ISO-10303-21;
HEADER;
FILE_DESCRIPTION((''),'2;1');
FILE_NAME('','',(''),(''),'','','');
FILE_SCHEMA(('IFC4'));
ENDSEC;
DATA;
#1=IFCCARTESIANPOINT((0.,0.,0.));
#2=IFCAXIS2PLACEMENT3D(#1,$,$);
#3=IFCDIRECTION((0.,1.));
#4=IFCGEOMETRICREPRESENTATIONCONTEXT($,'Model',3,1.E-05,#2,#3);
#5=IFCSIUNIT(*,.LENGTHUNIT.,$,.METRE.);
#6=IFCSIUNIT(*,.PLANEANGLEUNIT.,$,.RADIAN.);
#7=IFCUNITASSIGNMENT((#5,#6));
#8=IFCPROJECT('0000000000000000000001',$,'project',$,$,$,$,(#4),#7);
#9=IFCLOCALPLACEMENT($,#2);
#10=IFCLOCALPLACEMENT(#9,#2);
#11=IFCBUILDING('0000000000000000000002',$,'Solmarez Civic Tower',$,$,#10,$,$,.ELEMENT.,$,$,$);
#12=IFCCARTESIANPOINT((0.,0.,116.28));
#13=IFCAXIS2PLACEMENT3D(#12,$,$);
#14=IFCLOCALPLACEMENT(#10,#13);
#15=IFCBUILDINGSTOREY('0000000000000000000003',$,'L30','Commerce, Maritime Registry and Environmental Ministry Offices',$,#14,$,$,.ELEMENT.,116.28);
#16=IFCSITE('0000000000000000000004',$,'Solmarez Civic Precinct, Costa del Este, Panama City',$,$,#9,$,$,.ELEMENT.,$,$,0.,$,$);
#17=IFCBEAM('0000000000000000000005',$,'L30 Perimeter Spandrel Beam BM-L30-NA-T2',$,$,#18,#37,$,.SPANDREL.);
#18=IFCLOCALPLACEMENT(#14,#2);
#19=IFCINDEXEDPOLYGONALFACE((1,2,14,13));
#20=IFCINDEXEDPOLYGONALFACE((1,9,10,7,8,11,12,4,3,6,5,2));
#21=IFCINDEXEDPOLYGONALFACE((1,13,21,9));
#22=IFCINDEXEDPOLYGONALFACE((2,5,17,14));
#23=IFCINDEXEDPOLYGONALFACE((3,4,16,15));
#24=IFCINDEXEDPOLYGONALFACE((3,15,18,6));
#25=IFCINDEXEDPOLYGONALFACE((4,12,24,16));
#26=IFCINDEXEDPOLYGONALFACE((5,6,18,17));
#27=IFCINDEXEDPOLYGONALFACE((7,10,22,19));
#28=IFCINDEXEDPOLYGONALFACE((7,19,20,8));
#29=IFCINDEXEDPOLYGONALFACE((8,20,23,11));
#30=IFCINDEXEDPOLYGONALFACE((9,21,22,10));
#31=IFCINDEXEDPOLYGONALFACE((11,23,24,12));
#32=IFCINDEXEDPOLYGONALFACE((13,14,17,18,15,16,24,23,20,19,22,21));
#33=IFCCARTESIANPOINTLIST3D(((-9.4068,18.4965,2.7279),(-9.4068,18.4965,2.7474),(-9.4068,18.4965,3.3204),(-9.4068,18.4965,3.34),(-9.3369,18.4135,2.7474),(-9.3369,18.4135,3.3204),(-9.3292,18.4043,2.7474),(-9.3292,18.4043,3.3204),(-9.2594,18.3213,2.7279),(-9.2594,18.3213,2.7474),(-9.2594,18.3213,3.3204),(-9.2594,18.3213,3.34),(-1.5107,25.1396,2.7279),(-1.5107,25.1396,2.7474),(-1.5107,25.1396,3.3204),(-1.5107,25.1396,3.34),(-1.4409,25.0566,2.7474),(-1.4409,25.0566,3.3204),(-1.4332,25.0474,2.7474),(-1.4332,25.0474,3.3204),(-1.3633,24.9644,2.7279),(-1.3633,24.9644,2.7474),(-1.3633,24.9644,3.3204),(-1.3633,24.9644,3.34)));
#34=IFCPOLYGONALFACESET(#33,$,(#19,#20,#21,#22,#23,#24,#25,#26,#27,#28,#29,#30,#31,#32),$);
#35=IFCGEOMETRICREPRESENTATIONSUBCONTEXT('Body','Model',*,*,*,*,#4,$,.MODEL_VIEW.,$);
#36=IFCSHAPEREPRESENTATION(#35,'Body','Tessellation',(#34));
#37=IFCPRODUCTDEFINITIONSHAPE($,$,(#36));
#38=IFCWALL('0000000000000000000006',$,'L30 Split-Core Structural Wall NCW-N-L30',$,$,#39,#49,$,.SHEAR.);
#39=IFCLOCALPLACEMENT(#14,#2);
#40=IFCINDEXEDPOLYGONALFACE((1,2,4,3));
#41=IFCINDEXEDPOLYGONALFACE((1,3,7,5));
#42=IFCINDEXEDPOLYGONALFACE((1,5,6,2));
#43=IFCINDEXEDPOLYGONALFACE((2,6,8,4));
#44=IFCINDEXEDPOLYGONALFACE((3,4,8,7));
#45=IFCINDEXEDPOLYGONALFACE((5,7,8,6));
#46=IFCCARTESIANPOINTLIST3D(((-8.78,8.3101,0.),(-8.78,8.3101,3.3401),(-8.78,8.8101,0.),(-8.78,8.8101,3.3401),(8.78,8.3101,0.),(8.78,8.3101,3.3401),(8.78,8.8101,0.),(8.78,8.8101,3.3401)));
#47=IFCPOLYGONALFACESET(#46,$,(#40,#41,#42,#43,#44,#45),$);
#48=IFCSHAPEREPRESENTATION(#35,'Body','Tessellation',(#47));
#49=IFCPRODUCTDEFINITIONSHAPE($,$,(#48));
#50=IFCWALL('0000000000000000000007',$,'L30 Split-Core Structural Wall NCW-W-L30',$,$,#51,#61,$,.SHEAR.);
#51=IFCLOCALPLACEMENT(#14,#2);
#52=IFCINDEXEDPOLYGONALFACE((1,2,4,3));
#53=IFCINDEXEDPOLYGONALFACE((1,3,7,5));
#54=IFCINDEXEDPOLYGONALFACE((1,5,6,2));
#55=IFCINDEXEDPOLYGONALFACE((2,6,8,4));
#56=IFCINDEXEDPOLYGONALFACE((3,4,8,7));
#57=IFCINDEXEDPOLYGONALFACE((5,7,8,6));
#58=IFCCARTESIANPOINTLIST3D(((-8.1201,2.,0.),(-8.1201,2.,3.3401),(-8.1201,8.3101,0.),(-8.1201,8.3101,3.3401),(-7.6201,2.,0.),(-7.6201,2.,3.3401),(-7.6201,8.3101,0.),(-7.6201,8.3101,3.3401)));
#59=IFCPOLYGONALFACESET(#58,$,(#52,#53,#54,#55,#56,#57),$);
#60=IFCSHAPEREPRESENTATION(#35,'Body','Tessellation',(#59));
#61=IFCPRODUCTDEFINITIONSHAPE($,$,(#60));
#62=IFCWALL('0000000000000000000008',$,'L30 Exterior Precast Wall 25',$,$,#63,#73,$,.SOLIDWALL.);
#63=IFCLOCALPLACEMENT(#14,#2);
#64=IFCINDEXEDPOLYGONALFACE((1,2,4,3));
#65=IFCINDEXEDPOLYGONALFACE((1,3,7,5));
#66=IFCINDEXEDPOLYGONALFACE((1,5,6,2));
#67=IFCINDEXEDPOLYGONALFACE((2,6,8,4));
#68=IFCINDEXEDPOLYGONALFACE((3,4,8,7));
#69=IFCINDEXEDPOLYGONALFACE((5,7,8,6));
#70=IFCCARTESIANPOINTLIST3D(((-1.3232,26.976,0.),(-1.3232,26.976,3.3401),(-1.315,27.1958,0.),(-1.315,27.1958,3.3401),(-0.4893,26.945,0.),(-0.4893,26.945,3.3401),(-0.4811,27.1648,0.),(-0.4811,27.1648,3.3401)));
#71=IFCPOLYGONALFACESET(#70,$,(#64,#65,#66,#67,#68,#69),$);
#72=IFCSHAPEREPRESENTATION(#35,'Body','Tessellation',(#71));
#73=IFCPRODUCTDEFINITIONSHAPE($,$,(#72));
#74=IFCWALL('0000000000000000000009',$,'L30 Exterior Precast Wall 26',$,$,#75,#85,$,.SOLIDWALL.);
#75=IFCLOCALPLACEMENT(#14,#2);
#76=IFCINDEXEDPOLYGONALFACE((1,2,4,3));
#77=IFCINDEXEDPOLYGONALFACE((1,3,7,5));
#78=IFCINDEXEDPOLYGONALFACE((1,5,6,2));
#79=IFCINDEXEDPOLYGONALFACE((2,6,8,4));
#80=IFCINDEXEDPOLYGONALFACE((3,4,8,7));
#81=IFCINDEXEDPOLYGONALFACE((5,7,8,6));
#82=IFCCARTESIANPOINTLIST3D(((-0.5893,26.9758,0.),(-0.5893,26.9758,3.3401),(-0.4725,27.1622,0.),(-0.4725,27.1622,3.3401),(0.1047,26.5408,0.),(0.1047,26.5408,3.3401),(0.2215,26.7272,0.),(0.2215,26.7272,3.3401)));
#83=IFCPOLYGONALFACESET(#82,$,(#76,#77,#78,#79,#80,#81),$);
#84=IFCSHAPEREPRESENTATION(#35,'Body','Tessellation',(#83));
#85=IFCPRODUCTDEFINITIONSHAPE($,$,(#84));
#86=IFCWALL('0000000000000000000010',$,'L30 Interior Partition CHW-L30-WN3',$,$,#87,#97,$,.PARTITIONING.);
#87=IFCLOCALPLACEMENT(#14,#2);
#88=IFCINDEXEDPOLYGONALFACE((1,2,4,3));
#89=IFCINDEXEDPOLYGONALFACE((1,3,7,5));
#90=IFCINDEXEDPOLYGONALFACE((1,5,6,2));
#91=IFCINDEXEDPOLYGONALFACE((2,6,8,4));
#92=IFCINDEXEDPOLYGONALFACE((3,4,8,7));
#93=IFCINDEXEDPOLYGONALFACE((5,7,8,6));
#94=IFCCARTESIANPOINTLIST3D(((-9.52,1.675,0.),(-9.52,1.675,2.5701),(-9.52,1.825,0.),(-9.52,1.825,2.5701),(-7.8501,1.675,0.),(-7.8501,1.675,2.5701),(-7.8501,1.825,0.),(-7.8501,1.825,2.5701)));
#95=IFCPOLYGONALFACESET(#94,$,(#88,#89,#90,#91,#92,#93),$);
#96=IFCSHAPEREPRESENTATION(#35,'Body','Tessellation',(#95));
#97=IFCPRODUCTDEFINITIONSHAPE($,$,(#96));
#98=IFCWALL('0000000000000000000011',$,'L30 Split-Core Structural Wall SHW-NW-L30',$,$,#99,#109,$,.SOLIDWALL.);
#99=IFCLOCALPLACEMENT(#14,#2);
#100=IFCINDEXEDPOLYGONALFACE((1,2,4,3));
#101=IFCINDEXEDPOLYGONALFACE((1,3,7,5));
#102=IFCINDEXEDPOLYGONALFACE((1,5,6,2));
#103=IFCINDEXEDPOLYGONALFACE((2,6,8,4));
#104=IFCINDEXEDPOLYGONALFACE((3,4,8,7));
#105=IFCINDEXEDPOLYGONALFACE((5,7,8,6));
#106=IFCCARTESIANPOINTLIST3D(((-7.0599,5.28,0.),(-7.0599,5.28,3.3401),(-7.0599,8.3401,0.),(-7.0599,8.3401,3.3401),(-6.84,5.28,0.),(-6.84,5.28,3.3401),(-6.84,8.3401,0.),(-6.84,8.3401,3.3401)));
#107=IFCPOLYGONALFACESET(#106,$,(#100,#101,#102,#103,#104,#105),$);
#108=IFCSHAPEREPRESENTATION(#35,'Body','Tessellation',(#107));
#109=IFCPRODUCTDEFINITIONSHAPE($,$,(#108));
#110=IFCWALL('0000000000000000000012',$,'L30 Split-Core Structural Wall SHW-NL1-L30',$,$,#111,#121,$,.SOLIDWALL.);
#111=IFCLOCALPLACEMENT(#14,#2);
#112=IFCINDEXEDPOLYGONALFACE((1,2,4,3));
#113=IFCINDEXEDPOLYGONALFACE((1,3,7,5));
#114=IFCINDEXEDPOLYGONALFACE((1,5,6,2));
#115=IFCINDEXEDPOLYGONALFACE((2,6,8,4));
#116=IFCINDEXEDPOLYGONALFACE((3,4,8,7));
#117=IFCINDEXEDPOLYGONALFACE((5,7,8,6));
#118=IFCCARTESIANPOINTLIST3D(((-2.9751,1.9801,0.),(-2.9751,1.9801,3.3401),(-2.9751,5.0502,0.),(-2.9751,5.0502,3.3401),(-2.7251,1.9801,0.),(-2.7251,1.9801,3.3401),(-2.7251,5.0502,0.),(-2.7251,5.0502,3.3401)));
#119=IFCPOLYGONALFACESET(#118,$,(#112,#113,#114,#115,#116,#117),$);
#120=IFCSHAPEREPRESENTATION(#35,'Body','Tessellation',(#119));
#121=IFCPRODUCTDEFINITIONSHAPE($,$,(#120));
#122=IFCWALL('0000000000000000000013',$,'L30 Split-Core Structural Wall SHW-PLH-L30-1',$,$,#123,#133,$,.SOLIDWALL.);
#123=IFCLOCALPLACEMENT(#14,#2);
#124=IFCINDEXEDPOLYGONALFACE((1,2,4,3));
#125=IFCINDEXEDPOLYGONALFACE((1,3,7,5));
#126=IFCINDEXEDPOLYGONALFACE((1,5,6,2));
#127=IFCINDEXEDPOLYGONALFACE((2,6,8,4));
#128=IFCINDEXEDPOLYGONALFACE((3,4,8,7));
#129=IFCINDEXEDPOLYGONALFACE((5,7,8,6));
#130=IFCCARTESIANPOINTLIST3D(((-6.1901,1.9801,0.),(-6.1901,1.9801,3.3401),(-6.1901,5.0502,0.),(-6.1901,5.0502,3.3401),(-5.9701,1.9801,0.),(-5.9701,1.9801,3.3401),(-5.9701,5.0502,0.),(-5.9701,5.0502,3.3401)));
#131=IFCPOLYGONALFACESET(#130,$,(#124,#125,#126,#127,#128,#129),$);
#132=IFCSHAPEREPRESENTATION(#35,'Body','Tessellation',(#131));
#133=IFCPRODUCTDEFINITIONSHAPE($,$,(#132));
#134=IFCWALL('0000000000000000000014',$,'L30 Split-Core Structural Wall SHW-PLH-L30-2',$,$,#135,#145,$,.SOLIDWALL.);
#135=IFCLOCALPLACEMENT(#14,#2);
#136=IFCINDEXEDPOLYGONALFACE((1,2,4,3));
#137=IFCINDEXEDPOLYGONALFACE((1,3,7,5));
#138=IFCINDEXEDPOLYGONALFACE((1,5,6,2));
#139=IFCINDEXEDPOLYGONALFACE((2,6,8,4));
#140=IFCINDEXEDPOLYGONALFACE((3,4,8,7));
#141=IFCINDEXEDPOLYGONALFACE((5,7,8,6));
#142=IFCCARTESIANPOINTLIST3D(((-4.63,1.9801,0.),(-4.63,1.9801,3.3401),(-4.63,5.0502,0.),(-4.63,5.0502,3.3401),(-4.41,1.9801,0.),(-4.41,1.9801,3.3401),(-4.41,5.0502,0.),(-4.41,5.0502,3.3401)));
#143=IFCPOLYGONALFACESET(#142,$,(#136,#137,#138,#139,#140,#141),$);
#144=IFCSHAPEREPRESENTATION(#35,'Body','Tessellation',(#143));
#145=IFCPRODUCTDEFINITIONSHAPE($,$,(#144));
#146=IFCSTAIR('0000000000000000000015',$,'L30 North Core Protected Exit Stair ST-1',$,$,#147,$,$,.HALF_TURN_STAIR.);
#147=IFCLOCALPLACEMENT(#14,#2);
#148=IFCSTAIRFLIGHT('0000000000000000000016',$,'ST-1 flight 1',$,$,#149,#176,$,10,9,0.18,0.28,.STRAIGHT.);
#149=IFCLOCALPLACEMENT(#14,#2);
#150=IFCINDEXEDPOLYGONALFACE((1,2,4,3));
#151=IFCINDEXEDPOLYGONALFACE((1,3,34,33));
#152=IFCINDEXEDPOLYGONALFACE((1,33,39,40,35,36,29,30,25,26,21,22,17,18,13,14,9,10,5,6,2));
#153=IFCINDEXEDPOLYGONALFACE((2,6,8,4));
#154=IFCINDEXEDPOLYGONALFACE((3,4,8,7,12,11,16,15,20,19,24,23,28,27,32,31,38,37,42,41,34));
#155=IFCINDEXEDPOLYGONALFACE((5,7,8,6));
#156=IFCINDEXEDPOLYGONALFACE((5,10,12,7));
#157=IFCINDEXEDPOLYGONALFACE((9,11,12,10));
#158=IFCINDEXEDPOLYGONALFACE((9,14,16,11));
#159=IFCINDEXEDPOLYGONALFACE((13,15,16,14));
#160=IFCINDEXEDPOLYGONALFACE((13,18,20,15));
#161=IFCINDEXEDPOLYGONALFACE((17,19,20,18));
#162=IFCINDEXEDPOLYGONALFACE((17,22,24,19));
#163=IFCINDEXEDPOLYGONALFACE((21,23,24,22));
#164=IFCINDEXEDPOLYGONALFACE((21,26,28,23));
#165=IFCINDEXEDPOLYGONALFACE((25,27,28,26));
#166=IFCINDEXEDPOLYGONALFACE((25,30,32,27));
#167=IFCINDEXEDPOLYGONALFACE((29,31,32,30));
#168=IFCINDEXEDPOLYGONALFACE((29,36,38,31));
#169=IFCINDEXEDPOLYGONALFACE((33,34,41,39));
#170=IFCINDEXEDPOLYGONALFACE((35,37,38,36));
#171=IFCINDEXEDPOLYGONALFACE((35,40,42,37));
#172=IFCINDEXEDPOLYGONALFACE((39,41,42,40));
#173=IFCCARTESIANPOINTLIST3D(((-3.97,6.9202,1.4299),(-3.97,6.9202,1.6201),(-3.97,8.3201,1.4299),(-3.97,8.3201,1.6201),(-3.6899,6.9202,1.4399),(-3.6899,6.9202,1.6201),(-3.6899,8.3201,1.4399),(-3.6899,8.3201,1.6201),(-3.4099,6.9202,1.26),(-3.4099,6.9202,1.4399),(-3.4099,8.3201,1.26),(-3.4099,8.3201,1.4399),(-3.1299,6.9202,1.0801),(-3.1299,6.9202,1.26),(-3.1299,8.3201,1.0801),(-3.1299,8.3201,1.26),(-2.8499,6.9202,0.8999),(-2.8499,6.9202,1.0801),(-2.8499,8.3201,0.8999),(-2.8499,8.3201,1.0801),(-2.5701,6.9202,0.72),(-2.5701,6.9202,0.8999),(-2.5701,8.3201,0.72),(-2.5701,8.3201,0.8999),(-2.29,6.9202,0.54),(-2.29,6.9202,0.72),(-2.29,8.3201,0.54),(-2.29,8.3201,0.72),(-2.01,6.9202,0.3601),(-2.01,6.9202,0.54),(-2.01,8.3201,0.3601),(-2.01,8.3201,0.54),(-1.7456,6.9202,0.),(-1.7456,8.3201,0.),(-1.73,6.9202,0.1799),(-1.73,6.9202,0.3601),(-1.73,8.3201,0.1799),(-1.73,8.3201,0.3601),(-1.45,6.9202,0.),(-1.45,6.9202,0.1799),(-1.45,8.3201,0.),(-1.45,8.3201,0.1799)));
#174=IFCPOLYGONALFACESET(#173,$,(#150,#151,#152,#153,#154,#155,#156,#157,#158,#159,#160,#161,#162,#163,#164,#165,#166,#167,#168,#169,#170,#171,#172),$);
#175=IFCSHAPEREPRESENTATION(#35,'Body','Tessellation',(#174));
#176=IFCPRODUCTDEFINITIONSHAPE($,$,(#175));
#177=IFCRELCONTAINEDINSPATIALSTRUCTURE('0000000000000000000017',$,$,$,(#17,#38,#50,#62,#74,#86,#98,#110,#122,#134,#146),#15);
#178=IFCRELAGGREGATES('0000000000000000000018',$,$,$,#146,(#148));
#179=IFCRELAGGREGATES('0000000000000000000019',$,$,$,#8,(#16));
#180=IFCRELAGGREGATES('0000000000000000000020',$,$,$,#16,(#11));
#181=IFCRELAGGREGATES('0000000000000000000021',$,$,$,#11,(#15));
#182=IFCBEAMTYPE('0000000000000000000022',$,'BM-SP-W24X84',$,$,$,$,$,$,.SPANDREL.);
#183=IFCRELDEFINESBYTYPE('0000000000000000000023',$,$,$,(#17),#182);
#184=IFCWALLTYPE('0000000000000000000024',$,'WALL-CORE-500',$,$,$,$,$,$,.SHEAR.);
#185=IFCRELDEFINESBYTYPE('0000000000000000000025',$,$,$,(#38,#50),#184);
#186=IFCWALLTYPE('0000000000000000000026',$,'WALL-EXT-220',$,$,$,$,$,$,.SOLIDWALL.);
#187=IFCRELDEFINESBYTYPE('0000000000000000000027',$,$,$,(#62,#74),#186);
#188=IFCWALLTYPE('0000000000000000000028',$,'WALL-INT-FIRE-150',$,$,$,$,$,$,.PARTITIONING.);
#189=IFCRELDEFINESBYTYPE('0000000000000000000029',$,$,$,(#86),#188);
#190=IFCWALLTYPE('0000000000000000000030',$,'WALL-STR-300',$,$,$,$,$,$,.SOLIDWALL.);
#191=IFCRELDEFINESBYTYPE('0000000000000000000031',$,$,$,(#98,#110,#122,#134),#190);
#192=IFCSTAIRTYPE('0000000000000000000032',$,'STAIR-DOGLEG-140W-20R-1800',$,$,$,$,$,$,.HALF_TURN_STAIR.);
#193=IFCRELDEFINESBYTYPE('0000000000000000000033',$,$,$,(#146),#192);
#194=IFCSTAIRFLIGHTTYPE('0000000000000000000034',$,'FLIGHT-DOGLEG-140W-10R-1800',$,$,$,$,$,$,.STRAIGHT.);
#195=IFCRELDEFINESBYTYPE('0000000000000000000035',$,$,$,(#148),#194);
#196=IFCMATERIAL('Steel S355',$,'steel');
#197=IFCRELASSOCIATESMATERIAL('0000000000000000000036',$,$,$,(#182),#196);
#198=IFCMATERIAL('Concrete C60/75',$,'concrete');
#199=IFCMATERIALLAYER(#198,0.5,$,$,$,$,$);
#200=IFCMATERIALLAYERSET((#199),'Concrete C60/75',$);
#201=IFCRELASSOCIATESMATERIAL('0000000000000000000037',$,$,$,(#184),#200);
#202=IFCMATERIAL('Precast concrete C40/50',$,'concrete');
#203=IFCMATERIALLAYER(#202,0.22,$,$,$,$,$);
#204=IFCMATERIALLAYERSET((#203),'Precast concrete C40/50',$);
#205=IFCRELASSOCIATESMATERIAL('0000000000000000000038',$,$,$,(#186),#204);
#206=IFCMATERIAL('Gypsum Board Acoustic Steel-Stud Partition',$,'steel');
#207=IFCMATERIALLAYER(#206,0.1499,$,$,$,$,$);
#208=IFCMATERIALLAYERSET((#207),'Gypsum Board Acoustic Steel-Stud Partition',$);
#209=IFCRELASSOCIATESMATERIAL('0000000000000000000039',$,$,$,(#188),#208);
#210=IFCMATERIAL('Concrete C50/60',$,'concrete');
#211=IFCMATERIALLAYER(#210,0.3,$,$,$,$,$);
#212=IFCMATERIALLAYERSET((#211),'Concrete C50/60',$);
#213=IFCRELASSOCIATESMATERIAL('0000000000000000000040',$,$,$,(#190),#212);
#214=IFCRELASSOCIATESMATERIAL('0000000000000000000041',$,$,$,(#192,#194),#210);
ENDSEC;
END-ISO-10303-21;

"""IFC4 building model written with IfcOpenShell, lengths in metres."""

from ifc_helpers import new_model, si_unit, direction, frame, frame_2d, origin, origin_2d, place, context, subcontext, project, spatial, polyline, rectangle, i_section, outline, extrude, material, layer, layer_set, material_profile, profile_set, type_object, element, aggregate, save


model = new_model("IFC4")

# Units and contexts
model_context = context("Model", 3, precision=1e-05, world=origin(), true_north=direction((0.0, 1.0)))
body_context = subcontext(model_context, "Body", "Model", "MODEL_VIEW")
ifc_project = project(units=[si_unit("LENGTHUNIT", "METRE"), si_unit("PLANEANGLEUNIT", "RADIAN")], contexts=[model_context])

# Site, building, storey
site_placement = place(None, origin())
site = spatial("IfcSite", under=ifc_project, at=site_placement, Name="Solmarez Civic Precinct, Costa del Este, Panama City", CompositionType="ELEMENT", RefElevation=0.0)
building_placement = place(site_placement, origin())
building = spatial("IfcBuilding", under=site, at=building_placement, Name="Solmarez Civic Tower", CompositionType="ELEMENT")
storey_placement = place(building_placement, frame((0.0, 0.0, 116.28)))
storey = spatial("IfcBuildingStorey", under=building, at=storey_placement, Name="L30", Description="Commerce, Maritime Registry and Environmental Ministry Offices", CompositionType="ELEMENT", Elevation=116.28)

# Shared definitions
ifc_material_1 = material(Name="Concrete C50/60", Category="concrete")

# Beam
ifc_material_2 = material(Name="Steel S355", Category="steel")
ifc_material_profile_1 = material_profile(ifc_material_2, i_section(OverallWidth=0.229, OverallDepth=0.6121, WebThickness=0.012, FlangeThickness=0.0195, at=origin_2d()), Name="W24X84")
ifc_profile_set_1 = profile_set([ifc_material_profile_1], Name="Steel S355")
beam_type_1 = type_object("IfcBeamType", Name="BM-SP-W24X84", PredefinedType="SPANDREL", material=ifc_profile_set_1)
beam_1_placement = place(storey_placement, frame((-1.437, 25.052, 3.0339), z_axis=(-0.765207, -0.643784, 0.0), x_axis=(0.643784, -0.765207, 0.0)))
element("IfcBeam", 1, at=beam_1_placement, inside=storey, type_object=beam_type_1, Name="L30 Perimeter Spandrel Beam BM-L30-NA-T2", PredefinedType="SPANDREL", context=body_context, shape_type="SweptSolid", body=[
    extrude(i_section(OverallWidth=0.229, OverallDepth=0.6121, WebThickness=0.012, FlangeThickness=0.0195, at=origin_2d()), origin(), (0.0, 0.0, 1.0), 10.3188),
])

# Walls
ifc_material_3 = material(Name="Concrete C60/75", Category="concrete")
ifc_layer_1 = layer(ifc_material_3, 0.5)
ifc_layer_set_1 = layer_set([ifc_layer_1], Name="Concrete C60/75")
wall_type_1 = type_object("IfcWallType", Name="WALL-CORE-500", PredefinedType="SHEAR", material=ifc_layer_set_1)
wall_1_placement = place(storey_placement, frame((-8.78, 8.5601, 0.0), z_axis=(0.0, 0.0, 1.0), x_axis=(1.0, 0.0, 0.0)))
element("IfcWall", 2, at=wall_1_placement, inside=storey, type_object=wall_type_1, Name="L30 Split-Core Structural Wall NCW-N-L30", PredefinedType="SHEAR", context=body_context, shape_type="SweptSolid", body=[
    extrude(rectangle(XDim=17.5601, YDim=0.5, at=frame_2d((8.78, 0.0))), origin(), (0.0, 0.0, 1.0), 3.3401),
])
wall_2_placement = place(storey_placement, frame((-7.8701, 2.0, 0.0), z_axis=(0.0, 0.0, 1.0), x_axis=(0.0, 1.0, 0.0)))
element("IfcWall", 3, at=wall_2_placement, inside=storey, type_object=wall_type_1, Name="L30 Split-Core Structural Wall NCW-W-L30", PredefinedType="SHEAR", context=body_context, shape_type="SweptSolid", body=[
    extrude(rectangle(XDim=6.3101, YDim=0.5, at=frame_2d((3.155, 0.0))), origin(), (0.0, 0.0, 1.0), 3.3401),
])
ifc_material_4 = material(Name="Precast concrete C40/50", Category="concrete")
ifc_layer_2 = layer(ifc_material_4, 0.22)
ifc_layer_set_2 = layer_set([ifc_layer_2], Name="Precast concrete C40/50")
wall_type_2 = type_object("IfcWallType", Name="WALL-EXT-220", PredefinedType="SOLIDWALL", material=ifc_layer_set_2)
wall_3_placement = place(storey_placement, frame((-1.3191, 27.0859, 0.0), z_axis=(0.0, 0.0, 1.0), x_axis=(0.99931, -0.037152, 0.0)))
element("IfcWall", 4, at=wall_3_placement, inside=storey, type_object=wall_type_2, Name="L30 Exterior Precast Wall 25", PredefinedType="SOLIDWALL", context=body_context, shape_type="SweptSolid", body=[
    extrude(rectangle(XDim=0.8345, YDim=0.22, at=frame_2d((0.4172, 0.0))), origin(), (0.0, 0.0, 1.0), 3.3401),
])
wall_4_placement = place(storey_placement, frame((-0.531, 27.0691, 0.0), z_axis=(0.0, 0.0, 1.0), x_axis=(0.847311, -0.531097, 0.0)))
element("IfcWall", 5, at=wall_4_placement, inside=storey, type_object=wall_type_2, Name="L30 Exterior Precast Wall 26", PredefinedType="SOLIDWALL", context=body_context, shape_type="SweptSolid", body=[
    extrude(rectangle(XDim=0.8191, YDim=0.22, at=frame_2d((0.4097, 0.0))), origin(), (0.0, 0.0, 1.0), 3.3401),
])
ifc_material_5 = material(Name="Gypsum Board Acoustic Steel-Stud Partition", Category="steel")
ifc_layer_3 = layer(ifc_material_5, 0.1499)
ifc_layer_set_3 = layer_set([ifc_layer_3], Name="Gypsum Board Acoustic Steel-Stud Partition")
wall_type_3 = type_object("IfcWallType", Name="WALL-INT-FIRE-150", PredefinedType="PARTITIONING", material=ifc_layer_set_3)
wall_5_placement = place(storey_placement, frame((-7.8501, 1.75, 0.0), z_axis=(0.0, 0.0, 1.0), x_axis=(-1.0, 0.0, 0.0)))
element("IfcWall", 6, at=wall_5_placement, inside=storey, type_object=wall_type_3, Name="L30 Interior Partition CHW-L30-WN3", PredefinedType="PARTITIONING", context=body_context, shape_type="SweptSolid", body=[
    extrude(rectangle(XDim=1.6699, YDim=0.1499, at=frame_2d((0.835, 0.0))), origin(), (0.0, 0.0, 1.0), 2.5701),
])
ifc_layer_4 = layer(ifc_material_1, 0.3)
ifc_layer_set_4 = layer_set([ifc_layer_4], Name="Concrete C50/60")
wall_type_4 = type_object("IfcWallType", Name="WALL-STR-300", PredefinedType="SOLIDWALL", material=ifc_layer_set_4)
wall_6_placement = place(storey_placement, frame((-6.95, 5.28, 0.0), z_axis=(0.0, 0.0, 1.0), x_axis=(0.0, 1.0, 0.0)))
element("IfcWall", 7, at=wall_6_placement, inside=storey, type_object=wall_type_4, Name="L30 Split-Core Structural Wall SHW-NW-L30", PredefinedType="SOLIDWALL", context=body_context, shape_type="SweptSolid", body=[
    extrude(rectangle(XDim=3.0601, YDim=0.22, at=frame_2d((1.53, 0.0))), origin(), (0.0, 0.0, 1.0), 3.3401),
])
wall_7_placement = place(storey_placement, frame((-2.8501, 1.98, 0.0), z_axis=(0.0, 0.0, 1.0), x_axis=(0.0, 1.0, 0.0)))
element("IfcWall", 8, at=wall_7_placement, inside=storey, type_object=wall_type_4, Name="L30 Split-Core Structural Wall SHW-NL1-L30", PredefinedType="SOLIDWALL", context=body_context, shape_type="SweptSolid", body=[
    extrude(rectangle(XDim=3.0701, YDim=0.25, at=frame_2d((1.5352, 0.0))), origin(), (0.0, 0.0, 1.0), 3.3401),
])
for number, where, z_axis, x_axis, name in (
    (9, (-6.0801, 1.98, 0.0), (0.0, 0.0, 1.0), (0.0, 1.0, 0.0), "L30 Split-Core Structural Wall SHW-PLH-L30-1"),
    (10, (-4.52, 1.98, 0.0), (0.0, 0.0, 1.0), (0.0, 1.0, 0.0), "L30 Split-Core Structural Wall SHW-PLH-L30-2"),
):
    element("IfcWall", number, at=place(storey_placement, frame(where, z_axis=z_axis, x_axis=x_axis)), inside=storey, type_object=wall_type_4, Name=name, PredefinedType="SOLIDWALL", context=body_context, shape_type="SweptSolid", body=[
        extrude(rectangle(XDim=3.0701, YDim=0.22, at=frame_2d((1.5352, 0.0))), origin(), (0.0, 0.0, 1.0), 3.3401),
    ])

# Stair, stair flight
stair_type = type_object("IfcStairType", Name="STAIR-DOGLEG-140W-20R-1800", PredefinedType="HALF_TURN_STAIR", material=ifc_material_1)
stair_placement = place(storey_placement, origin())
stair = element("IfcStair", 11, at=stair_placement, inside=storey, type_object=stair_type, Name="L30 North Core Protected Exit Stair ST-1", PredefinedType="HALF_TURN_STAIR")
stair_flight_type = type_object("IfcStairFlightType", Name="FLIGHT-DOGLEG-140W-10R-1800", PredefinedType="STRAIGHT", material=ifc_material_1)
stair_flight_1_placement = place(storey_placement, frame((-1.45, 7.6201, 0.0), z_axis=(0.0, 0.0, 1.0), x_axis=(-1.0, 0.0, 0.0)))
stair_flight_1 = element("IfcStairFlight", 12, at=stair_flight_1_placement, type_object=stair_flight_type, Name="ST-1 flight 1", NumberOfRisers=10, NumberOfTreads=9, PredefinedType="STRAIGHT", RiserHeight=0.18, TreadLength=0.28, context=body_context, shape_type="SweptSolid", body=[
    extrude(outline(polyline([(0.0, 0.0), (0.0, 0.1799), (0.28, 0.1799), (0.28, 0.3601), (0.5601, 0.3601), (0.5601, 0.54), (0.8401, 0.54), (0.8401, 0.72), (1.1201, 0.72), (1.1201, 0.8999), (1.3999, 0.8999), (1.3999, 1.0801), (1.6799, 1.0801), (1.6799, 1.26), (1.96, 1.26), (1.96, 1.4399), (2.24, 1.4399), (2.24, 1.6201), (2.52, 1.6201), (2.52, 1.8), (2.52, 1.4299), (0.2957, 0.0), (0.0, 0.0)])), frame((0.0, 0.7, 0.0), z_axis=(0.0, -1.0, 0.0), x_axis=(1.0, 0.0, 0.0)), (0.0, 0.0, 1.0), 1.3999),
])
aggregate(stair, [stair_flight_1])

save(model, "model.ifc")
